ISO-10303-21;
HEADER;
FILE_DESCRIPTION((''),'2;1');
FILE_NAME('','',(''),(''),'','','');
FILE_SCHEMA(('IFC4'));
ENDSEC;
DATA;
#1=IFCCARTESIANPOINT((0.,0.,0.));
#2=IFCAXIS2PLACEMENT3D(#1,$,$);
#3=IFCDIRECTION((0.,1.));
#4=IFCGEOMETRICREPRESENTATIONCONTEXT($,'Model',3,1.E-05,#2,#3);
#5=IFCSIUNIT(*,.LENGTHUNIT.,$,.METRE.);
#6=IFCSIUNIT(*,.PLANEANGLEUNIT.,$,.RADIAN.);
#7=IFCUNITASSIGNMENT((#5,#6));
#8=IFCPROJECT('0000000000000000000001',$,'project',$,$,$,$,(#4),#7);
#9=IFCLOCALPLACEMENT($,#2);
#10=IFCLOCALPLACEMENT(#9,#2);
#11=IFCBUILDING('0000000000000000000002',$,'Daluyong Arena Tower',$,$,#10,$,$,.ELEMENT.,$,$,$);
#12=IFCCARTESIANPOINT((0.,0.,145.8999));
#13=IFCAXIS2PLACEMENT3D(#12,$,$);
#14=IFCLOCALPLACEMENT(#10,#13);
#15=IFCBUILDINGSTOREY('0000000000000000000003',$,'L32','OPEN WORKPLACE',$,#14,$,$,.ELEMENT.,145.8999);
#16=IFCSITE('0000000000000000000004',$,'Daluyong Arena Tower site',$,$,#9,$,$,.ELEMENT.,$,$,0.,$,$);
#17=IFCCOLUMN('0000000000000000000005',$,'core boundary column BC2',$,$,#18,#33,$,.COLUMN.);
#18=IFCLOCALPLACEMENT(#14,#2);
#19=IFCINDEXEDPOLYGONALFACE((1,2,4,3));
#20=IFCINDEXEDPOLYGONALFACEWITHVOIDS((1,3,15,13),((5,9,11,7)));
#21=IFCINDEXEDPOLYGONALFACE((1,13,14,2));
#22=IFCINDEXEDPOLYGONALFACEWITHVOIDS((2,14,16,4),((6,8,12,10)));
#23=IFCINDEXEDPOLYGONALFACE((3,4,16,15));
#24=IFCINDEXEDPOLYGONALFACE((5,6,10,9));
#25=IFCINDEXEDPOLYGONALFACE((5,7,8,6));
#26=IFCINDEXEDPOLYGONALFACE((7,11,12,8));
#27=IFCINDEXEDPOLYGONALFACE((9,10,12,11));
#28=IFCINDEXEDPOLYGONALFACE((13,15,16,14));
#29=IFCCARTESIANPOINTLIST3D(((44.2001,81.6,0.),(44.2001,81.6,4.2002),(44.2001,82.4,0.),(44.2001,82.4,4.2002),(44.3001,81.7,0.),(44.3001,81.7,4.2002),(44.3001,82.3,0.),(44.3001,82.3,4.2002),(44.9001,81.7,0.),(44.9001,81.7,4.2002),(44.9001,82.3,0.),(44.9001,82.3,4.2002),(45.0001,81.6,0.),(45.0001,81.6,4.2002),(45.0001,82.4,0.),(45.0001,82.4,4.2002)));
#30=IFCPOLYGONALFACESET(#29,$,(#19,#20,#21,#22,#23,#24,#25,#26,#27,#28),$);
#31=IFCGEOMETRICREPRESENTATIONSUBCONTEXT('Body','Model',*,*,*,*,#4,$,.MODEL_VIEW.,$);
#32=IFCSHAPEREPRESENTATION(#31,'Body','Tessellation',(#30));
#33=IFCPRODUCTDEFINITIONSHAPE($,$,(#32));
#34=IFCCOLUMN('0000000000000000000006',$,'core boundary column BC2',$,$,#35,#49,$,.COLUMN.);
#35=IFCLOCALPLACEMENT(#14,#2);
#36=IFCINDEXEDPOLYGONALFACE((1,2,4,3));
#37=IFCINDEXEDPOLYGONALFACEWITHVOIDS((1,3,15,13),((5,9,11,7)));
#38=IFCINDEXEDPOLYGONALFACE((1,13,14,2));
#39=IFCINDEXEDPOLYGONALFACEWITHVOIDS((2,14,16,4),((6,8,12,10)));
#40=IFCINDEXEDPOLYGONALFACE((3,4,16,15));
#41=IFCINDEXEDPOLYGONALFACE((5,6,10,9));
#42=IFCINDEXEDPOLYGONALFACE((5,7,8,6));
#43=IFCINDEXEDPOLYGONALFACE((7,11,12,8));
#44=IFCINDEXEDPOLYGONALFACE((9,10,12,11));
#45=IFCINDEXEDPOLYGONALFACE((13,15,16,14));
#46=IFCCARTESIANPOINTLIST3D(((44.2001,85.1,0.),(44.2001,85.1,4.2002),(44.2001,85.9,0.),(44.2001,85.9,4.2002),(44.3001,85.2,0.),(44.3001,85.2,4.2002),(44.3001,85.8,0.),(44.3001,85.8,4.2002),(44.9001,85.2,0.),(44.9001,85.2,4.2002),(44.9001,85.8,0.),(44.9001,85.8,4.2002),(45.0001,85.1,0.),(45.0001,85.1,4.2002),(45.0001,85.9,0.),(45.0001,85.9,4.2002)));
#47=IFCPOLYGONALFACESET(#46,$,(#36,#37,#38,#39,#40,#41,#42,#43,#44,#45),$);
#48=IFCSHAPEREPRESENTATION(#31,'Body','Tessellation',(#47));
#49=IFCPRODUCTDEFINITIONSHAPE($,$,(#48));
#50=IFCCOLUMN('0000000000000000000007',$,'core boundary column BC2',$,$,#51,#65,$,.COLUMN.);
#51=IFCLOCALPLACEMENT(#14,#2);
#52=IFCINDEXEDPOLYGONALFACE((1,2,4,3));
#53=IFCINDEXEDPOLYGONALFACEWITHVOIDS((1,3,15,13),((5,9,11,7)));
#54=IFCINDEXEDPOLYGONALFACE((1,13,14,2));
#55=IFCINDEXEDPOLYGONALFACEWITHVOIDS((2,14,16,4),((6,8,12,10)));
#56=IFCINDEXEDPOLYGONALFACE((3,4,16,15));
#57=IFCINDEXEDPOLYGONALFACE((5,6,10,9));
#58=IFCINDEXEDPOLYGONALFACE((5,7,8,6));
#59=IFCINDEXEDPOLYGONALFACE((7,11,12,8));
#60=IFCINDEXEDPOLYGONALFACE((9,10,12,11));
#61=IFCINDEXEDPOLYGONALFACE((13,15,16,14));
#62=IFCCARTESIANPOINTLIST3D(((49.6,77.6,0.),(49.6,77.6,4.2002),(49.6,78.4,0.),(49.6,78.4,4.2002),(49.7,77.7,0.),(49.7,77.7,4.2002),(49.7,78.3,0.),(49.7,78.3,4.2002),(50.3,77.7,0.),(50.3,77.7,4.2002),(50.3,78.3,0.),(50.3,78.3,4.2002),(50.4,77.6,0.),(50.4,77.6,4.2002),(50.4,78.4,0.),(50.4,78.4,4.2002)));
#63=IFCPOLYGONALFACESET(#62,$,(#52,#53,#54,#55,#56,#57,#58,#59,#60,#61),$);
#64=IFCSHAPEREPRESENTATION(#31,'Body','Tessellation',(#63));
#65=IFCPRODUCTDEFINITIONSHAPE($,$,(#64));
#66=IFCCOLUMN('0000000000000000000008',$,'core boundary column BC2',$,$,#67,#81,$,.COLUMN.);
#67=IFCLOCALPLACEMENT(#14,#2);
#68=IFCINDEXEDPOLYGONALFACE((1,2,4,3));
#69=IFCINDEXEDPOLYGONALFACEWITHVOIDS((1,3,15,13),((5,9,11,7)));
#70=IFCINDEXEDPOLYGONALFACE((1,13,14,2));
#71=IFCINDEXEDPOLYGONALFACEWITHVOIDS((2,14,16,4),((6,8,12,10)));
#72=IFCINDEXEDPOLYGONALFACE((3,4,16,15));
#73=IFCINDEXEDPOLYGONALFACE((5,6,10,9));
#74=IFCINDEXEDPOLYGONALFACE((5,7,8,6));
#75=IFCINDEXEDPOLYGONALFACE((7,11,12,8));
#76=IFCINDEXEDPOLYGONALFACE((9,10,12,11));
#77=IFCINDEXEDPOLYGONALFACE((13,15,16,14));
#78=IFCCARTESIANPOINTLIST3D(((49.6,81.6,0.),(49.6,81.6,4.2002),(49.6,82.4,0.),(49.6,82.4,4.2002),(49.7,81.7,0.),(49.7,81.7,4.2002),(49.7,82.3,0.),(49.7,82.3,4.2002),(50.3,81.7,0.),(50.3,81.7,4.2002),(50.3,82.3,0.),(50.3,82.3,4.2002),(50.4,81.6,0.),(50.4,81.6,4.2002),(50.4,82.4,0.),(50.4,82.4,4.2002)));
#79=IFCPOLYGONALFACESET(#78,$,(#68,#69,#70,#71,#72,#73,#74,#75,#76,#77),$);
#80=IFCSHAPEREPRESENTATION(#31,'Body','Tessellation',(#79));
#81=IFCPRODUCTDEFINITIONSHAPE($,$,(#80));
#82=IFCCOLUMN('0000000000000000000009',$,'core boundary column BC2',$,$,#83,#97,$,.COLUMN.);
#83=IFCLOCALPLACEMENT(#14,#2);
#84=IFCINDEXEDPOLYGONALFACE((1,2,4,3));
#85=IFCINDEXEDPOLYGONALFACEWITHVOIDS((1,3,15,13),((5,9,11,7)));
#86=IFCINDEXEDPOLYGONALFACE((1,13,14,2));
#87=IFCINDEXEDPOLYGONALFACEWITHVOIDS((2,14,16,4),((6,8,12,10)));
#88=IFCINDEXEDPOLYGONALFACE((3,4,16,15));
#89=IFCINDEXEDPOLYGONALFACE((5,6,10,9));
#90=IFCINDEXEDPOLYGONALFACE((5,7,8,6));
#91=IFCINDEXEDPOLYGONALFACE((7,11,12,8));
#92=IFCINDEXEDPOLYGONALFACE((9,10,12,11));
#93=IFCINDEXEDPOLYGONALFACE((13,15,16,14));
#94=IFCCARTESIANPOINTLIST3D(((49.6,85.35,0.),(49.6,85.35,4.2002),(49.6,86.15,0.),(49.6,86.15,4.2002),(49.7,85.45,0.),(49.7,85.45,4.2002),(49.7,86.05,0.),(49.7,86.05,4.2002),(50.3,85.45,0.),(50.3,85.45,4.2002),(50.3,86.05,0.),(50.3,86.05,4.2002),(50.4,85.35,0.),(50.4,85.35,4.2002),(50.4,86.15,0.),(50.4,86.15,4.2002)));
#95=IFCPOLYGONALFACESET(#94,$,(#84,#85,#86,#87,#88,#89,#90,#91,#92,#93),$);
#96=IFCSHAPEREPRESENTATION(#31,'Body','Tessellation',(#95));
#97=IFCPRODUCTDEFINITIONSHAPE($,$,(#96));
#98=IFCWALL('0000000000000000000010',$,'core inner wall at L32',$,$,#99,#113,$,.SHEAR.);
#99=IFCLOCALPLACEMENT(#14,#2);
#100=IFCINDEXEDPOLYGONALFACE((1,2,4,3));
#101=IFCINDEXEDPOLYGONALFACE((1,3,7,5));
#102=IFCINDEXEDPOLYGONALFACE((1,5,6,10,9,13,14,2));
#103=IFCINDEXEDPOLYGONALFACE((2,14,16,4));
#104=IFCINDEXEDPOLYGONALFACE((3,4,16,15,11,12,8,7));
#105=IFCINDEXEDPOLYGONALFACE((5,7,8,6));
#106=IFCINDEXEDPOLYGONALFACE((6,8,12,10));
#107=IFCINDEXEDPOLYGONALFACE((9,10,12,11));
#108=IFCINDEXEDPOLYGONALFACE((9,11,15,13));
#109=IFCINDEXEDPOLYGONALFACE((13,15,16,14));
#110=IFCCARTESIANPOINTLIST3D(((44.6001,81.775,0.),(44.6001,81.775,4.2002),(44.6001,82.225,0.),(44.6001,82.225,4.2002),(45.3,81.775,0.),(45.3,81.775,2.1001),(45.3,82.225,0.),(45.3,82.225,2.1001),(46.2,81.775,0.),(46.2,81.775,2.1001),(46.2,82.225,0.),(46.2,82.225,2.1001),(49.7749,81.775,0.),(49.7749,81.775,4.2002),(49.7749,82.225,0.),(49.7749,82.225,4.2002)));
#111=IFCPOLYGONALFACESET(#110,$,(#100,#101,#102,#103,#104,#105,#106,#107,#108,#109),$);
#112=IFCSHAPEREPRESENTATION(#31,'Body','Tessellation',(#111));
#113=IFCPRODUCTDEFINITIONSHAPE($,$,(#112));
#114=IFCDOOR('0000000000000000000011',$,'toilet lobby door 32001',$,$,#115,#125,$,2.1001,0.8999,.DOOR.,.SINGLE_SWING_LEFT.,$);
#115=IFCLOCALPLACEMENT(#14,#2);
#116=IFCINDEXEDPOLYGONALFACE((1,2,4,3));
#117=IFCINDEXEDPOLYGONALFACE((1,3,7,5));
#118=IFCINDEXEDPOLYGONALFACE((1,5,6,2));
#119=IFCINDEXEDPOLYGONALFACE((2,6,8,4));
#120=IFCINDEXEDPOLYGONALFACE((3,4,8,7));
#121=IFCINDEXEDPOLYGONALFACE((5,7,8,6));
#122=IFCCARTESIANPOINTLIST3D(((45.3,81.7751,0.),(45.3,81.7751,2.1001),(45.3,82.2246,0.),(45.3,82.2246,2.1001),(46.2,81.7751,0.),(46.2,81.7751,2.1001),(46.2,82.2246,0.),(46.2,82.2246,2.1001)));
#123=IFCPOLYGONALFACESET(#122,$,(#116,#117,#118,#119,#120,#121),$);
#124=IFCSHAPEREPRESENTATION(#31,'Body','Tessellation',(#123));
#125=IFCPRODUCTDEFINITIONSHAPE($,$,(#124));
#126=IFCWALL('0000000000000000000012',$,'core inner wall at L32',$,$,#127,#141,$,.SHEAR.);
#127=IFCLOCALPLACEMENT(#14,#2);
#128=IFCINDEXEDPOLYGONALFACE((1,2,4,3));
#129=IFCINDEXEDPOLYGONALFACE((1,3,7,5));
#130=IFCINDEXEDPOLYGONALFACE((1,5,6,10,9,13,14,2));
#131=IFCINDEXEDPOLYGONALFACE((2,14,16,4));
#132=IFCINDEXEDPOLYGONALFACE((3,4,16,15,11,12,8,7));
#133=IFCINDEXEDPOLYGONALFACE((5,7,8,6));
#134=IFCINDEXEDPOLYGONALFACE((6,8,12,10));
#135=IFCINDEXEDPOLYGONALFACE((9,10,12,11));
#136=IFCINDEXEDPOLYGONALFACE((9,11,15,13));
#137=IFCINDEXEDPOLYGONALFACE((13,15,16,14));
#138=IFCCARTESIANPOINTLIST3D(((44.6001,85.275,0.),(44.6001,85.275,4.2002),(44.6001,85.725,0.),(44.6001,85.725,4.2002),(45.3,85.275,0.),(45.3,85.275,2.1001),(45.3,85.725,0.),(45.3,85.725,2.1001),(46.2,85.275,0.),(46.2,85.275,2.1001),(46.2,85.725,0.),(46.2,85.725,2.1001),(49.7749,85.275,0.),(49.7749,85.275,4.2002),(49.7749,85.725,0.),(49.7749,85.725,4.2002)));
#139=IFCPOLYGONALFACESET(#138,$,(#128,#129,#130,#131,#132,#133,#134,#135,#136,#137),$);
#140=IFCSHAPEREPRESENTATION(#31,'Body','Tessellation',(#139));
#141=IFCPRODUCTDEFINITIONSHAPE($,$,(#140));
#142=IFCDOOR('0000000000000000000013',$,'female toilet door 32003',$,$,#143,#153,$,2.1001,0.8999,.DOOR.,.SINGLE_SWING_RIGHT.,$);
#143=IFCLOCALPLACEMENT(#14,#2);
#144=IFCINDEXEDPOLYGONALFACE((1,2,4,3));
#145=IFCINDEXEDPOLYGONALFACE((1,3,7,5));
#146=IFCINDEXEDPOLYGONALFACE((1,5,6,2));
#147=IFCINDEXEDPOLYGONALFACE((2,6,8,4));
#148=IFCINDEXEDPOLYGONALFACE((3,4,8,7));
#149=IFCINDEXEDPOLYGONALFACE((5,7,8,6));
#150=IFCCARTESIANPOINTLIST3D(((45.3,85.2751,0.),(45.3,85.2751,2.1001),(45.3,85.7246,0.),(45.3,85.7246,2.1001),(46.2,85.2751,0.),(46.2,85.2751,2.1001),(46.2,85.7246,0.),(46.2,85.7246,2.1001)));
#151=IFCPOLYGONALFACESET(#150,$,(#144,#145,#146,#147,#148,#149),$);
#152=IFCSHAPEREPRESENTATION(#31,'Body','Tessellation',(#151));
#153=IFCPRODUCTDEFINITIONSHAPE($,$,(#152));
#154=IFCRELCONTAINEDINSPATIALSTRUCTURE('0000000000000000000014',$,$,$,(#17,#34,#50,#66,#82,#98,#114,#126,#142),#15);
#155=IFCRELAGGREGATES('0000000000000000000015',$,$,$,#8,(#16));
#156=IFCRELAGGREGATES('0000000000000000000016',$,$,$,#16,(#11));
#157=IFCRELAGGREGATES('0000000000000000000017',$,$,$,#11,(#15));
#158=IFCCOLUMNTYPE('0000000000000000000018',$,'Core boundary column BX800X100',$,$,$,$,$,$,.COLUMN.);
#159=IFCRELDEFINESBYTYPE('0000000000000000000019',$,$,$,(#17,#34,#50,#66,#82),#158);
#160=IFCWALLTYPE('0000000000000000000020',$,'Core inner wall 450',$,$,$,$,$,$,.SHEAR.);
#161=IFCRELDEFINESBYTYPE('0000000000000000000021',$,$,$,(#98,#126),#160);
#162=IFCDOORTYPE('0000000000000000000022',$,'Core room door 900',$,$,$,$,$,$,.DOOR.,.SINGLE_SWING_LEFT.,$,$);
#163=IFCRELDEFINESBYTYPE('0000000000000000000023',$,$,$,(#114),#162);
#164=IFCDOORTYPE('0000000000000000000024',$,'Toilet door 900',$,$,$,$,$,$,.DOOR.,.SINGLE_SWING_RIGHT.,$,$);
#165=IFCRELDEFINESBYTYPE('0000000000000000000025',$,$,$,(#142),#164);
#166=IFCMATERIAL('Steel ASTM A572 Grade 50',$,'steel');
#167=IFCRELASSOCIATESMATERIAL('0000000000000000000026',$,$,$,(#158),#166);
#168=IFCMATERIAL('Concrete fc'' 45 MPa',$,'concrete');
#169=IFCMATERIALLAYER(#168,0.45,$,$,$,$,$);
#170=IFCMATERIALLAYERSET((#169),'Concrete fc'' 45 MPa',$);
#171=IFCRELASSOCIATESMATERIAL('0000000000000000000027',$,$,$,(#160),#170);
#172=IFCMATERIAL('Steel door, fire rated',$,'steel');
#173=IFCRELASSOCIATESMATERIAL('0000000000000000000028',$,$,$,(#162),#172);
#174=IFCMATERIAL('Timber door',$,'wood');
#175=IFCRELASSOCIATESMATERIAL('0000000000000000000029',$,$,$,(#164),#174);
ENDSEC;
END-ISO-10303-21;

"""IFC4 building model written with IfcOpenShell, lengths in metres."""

from ifc_helpers import new_model, si_unit, direction, frame, frame_2d, origin, origin_2d, place, context, subcontext, project, spatial, rectangle, hollow_rectangle, extrude, material, layer, layer_set, material_profile, profile_set, type_object, element, fill, save


model = new_model("IFC4")

# Units and contexts
model_context = context("Model", 3, precision=1e-05, world=origin(), true_north=direction((0.0, 1.0)))
body_context = subcontext(model_context, "Body", "Model", "MODEL_VIEW")
ifc_project = project(units=[si_unit("LENGTHUNIT", "METRE"), si_unit("PLANEANGLEUNIT", "RADIAN")], contexts=[model_context])

# Site, building, storey
site_placement = place(None, origin())
site = spatial("IfcSite", under=ifc_project, at=site_placement, Name="Daluyong Arena Tower site", CompositionType="ELEMENT", RefElevation=0.0)
building_placement = place(site_placement, origin())
building = spatial("IfcBuilding", under=site, at=building_placement, Name="Daluyong Arena Tower", CompositionType="ELEMENT")
storey_placement = place(building_placement, frame((0.0, 0.0, 145.8999)))
storey = spatial("IfcBuildingStorey", under=building, at=storey_placement, Name="L32", Description="OPEN WORKPLACE", CompositionType="ELEMENT", Elevation=145.8999)

# Columns
ifc_material_1 = material(Name="Steel ASTM A572 Grade 50", Category="steel")
ifc_material_profile = material_profile(ifc_material_1, hollow_rectangle(XDim=0.8, YDim=0.8, WallThickness=0.1, at=origin_2d()))
ifc_profile_set = profile_set([ifc_material_profile], Name="Steel ASTM A572 Grade 50")
column_type = type_object("IfcColumnType", Name="Core boundary column BX800X100", PredefinedType="COLUMN", material=ifc_profile_set)
for number, where, z_axis, x_axis, name in (
    (1, (44.6001, 82.0, 0.0), (0.0, 0.0, 1.0), (1.0, 0.0, 0.0), "core boundary column BC2"),
    (2, (44.6001, 85.5, 0.0), (0.0, 0.0, 1.0), (1.0, 0.0, 0.0), "core boundary column BC2"),
    (3, (50.0, 78.0, 0.0), (0.0, 0.0, 1.0), (1.0, 0.0, 0.0), "core boundary column BC2"),
    (4, (50.0, 82.0, 0.0), (0.0, 0.0, 1.0), (1.0, 0.0, 0.0), "core boundary column BC2"),
    (5, (50.0, 85.75, 0.0), (0.0, 0.0, 1.0), (1.0, 0.0, 0.0), "core boundary column BC2"),
):
    element("IfcColumn", number, at=place(storey_placement, frame(where, z_axis=z_axis, x_axis=x_axis)), inside=storey, type_object=column_type, Name=name, PredefinedType="COLUMN", context=body_context, shape_type="SweptSolid", body=[
        extrude(hollow_rectangle(XDim=0.8, YDim=0.8, WallThickness=0.1, at=origin_2d()), origin(), (0.0, 0.0, 1.0), 4.2002),
    ])

# Walls, openings, doors
ifc_material_2 = material(Name="Concrete fc' 45 MPa", Category="concrete")
ifc_layer_1 = layer(ifc_material_2, 0.45)
ifc_layer_set_1 = layer_set([ifc_layer_1], Name="Concrete fc' 45 MPa")
wall_type_1 = type_object("IfcWallType", Name="Core inner wall 450", PredefinedType="SHEAR", material=ifc_layer_set_1)
wall_1_placement = place(storey_placement, frame((44.6001, 82.0, 0.0), z_axis=(0.0, 0.0, 1.0), x_axis=(1.0, 0.0, 0.0)))
wall_1 = element("IfcWall", 6, at=wall_1_placement, inside=storey, type_object=wall_type_1, Name="core inner wall at L32", PredefinedType="SHEAR", context=body_context, shape_type="SweptSolid", body=[
    extrude(rectangle(XDim=5.1748, YDim=0.45, at=frame_2d((2.5874, 0.0))), origin(), (0.0, 0.0, 1.0), 4.2002),
])
opening_1_placement = place(wall_1_placement, frame((0.7, 0.0, 0.0)))
opening_1 = element("IfcOpeningElement", 7, at=opening_1_placement, cuts=wall_1, PredefinedType="OPENING", context=body_context, shape_type="SweptSolid", body=[
    extrude(rectangle(XDim=0.8999, YDim=2.1001, at=frame_2d((0.45, 1.05))), frame((0.0, 0.2349, 0.0), z_axis=(0.0, -1.0, 0.0), x_axis=(1.0, 0.0, 0.0)), (0.0, 0.0, 1.0), 0.47),
])
ifc_material_3 = material(Name="Steel door, fire rated", Category="steel")
door_type_1 = type_object("IfcDoorType", Name="Core room door 900", OperationType="SINGLE_SWING_LEFT", PredefinedType="DOOR", material=ifc_material_3)
door_1_placement = place(opening_1_placement, origin())
door_1 = element("IfcDoor", 8, at=door_1_placement, inside=storey, type_object=door_type_1, Name="toilet lobby door 32001", OperationType="SINGLE_SWING_LEFT", OverallHeight=2.1001, OverallWidth=0.8999, PredefinedType="DOOR", context=body_context, shape_type="SweptSolid", body=[
    extrude(rectangle(XDim=0.8999, YDim=2.1001, at=frame_2d((0.45, 1.05))), frame((0.0, 0.2246, 0.0), z_axis=(0.0, -1.0, 0.0), x_axis=(1.0, 0.0, 0.0)), (0.0, 0.0, 1.0), 0.4495),
])
fill(opening_1, door_1)
wall_2_placement = place(storey_placement, frame((44.6001, 85.5, 0.0), z_axis=(0.0, 0.0, 1.0), x_axis=(1.0, 0.0, 0.0)))
wall_2 = element("IfcWall", 9, at=wall_2_placement, inside=storey, type_object=wall_type_1, Name="core inner wall at L32", PredefinedType="SHEAR", context=body_context, shape_type="SweptSolid", body=[
    extrude(rectangle(XDim=5.1748, YDim=0.45, at=frame_2d((2.5874, 0.0))), origin(), (0.0, 0.0, 1.0), 4.2002),
])
opening_2_placement = place(wall_2_placement, frame((0.7, 0.0, 0.0)))
opening_2 = element("IfcOpeningElement", 10, at=opening_2_placement, cuts=wall_2, PredefinedType="OPENING", context=body_context, shape_type="SweptSolid", body=[
    extrude(rectangle(XDim=0.8999, YDim=2.1001, at=frame_2d((0.45, 1.05))), frame((0.0, 0.2349, 0.0), z_axis=(0.0, -1.0, 0.0), x_axis=(1.0, 0.0, 0.0)), (0.0, 0.0, 1.0), 0.47),
])
ifc_material_4 = material(Name="Timber door", Category="wood")
door_type_2 = type_object("IfcDoorType", Name="Toilet door 900", OperationType="SINGLE_SWING_RIGHT", PredefinedType="DOOR", material=ifc_material_4)
door_2_placement = place(opening_2_placement, origin())
door_2 = element("IfcDoor", 11, at=door_2_placement, inside=storey, type_object=door_type_2, Name="female toilet door 32003", OperationType="SINGLE_SWING_RIGHT", OverallHeight=2.1001, OverallWidth=0.8999, PredefinedType="DOOR", context=body_context, shape_type="SweptSolid", body=[
    extrude(rectangle(XDim=0.8999, YDim=2.1001, at=frame_2d((0.45, 1.05))), frame((0.0, 0.2246, 0.0), z_axis=(0.0, -1.0, 0.0), x_axis=(1.0, 0.0, 0.0)), (0.0, 0.0, 1.0), 0.4495),
])
fill(opening_2, door_2)

save(model, "model.ifc")
